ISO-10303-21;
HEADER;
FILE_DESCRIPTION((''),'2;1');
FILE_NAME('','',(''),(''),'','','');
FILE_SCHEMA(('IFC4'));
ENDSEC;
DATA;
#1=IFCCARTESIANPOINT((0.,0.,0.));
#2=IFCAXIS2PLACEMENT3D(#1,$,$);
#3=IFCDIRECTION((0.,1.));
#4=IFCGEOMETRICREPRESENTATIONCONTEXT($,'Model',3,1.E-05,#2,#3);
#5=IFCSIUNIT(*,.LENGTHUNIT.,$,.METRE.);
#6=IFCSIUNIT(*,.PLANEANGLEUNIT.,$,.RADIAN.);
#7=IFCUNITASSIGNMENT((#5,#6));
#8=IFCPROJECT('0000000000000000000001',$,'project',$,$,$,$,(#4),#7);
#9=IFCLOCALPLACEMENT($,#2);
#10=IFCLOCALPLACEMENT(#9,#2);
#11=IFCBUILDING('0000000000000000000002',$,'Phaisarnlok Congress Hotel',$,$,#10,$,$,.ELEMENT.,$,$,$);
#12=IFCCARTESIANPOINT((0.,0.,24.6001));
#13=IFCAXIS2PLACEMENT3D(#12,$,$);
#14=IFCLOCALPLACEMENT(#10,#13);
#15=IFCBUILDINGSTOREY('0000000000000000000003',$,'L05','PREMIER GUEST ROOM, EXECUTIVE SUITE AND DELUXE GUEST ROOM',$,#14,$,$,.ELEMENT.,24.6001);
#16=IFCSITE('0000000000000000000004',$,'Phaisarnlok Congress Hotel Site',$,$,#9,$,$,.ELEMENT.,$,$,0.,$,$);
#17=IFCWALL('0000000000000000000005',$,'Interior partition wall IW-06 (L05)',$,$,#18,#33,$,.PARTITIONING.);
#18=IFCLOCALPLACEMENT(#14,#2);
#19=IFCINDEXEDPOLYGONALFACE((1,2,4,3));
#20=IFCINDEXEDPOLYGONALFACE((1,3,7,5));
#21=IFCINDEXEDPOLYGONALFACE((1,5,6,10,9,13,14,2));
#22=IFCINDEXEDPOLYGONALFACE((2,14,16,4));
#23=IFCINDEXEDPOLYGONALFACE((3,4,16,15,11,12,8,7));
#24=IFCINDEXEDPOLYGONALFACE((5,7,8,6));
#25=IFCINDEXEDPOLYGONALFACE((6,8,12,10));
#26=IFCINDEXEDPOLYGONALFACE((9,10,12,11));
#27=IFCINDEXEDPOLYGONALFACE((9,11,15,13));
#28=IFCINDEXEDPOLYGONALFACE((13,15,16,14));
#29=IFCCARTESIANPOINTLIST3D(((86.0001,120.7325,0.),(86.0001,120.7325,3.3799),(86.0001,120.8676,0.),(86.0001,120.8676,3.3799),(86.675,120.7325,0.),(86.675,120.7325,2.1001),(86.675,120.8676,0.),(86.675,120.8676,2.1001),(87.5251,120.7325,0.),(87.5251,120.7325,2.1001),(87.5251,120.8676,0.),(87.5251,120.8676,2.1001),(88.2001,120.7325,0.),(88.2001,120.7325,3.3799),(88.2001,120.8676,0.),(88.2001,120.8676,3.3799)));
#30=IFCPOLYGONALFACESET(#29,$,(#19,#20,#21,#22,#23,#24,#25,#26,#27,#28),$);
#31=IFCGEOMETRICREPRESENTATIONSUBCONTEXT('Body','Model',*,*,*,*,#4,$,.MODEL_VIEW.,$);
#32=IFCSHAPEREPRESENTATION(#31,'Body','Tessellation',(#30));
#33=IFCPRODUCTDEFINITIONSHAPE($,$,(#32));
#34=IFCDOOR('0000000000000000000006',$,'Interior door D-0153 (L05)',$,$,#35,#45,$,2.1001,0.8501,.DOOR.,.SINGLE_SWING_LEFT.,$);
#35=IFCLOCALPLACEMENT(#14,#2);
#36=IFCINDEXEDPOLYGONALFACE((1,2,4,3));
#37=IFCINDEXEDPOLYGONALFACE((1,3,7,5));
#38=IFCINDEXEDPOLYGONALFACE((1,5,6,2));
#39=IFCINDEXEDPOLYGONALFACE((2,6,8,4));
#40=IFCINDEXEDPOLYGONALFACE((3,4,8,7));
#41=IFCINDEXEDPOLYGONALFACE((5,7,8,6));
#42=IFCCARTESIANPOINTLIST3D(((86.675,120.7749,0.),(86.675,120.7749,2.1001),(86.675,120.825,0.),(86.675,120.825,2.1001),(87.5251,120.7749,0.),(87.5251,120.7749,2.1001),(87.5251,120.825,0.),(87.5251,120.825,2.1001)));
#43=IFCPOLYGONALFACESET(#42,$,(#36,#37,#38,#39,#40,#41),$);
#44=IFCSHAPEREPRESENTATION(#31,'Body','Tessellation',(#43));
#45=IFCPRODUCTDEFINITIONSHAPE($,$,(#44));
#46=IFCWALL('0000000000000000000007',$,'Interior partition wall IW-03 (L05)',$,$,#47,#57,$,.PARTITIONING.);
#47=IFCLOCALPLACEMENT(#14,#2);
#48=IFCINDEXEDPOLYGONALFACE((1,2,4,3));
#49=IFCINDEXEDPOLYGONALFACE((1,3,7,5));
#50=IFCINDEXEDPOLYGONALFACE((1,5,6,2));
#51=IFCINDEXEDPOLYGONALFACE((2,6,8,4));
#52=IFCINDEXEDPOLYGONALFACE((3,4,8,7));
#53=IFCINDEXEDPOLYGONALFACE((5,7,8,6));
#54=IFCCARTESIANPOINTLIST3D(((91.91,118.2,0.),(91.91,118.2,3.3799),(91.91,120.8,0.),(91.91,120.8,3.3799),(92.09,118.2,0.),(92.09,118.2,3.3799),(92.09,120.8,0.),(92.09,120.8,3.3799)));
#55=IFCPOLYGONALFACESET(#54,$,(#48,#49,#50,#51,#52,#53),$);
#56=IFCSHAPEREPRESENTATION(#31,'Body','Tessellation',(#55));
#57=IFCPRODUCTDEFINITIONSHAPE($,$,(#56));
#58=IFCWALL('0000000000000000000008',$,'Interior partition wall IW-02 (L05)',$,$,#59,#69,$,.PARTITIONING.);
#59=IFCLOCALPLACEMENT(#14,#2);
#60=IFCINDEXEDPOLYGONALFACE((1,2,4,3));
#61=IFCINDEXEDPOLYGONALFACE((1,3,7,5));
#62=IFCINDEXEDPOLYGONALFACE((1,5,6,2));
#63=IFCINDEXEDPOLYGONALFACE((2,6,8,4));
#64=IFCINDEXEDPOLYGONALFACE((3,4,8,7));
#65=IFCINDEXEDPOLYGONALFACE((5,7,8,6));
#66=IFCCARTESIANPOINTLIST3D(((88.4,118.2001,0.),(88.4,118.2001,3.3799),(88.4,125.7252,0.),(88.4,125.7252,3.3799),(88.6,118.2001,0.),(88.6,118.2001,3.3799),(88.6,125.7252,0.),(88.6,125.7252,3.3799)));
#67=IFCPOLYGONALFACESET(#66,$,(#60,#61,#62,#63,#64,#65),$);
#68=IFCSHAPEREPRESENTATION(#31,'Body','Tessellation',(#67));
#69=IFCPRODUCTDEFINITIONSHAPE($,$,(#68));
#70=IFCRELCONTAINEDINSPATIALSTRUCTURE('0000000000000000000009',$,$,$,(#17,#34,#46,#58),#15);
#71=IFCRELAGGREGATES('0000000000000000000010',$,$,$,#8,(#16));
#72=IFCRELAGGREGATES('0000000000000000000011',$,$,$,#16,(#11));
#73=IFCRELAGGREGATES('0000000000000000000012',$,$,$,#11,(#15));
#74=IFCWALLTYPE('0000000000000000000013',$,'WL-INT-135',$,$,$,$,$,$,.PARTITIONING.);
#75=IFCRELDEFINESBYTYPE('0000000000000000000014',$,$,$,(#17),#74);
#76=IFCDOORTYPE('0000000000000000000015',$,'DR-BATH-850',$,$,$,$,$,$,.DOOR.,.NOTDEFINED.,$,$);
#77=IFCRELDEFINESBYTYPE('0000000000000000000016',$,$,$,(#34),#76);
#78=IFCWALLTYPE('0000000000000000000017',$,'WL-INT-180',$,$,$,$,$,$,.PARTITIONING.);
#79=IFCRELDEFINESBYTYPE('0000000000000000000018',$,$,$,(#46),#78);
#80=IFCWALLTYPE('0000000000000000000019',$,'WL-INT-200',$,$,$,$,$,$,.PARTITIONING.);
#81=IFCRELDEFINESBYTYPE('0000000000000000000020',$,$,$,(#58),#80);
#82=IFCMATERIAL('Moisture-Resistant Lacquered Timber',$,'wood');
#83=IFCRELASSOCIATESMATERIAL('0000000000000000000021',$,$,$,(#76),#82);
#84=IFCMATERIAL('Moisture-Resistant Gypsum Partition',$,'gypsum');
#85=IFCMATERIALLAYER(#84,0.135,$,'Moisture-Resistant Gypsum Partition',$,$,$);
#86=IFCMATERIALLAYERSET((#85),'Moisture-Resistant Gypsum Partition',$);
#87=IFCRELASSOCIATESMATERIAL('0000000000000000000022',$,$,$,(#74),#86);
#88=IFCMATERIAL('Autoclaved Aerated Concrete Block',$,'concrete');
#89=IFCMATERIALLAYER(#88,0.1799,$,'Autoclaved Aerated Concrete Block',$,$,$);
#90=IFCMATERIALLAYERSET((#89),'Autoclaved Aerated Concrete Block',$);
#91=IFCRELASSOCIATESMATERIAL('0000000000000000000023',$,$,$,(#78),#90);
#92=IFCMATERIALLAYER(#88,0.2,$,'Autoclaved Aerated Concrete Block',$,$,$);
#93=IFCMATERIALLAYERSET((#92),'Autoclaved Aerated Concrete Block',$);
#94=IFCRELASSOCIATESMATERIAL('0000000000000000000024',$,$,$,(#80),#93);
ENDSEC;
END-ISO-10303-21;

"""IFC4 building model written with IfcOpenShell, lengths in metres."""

from ifc_helpers import new_model, si_unit, direction, frame, frame_2d, origin, place, context, subcontext, project, spatial, rectangle, extrude, material, layer, layer_set, type_object, element, fill, save


model = new_model("IFC4")

# Units and contexts
model_context = context("Model", 3, precision=1e-05, world=origin(), true_north=direction((0.0, 1.0)))
body_context = subcontext(model_context, "Body", "Model", "MODEL_VIEW")
ifc_project = project(units=[si_unit("LENGTHUNIT", "METRE"), si_unit("PLANEANGLEUNIT", "RADIAN")], contexts=[model_context])

# Site, building, storey
site_placement = place(None, origin())
site = spatial("IfcSite", under=ifc_project, at=site_placement, Name="Phaisarnlok Congress Hotel Site", CompositionType="ELEMENT", RefElevation=0.0)
building_placement = place(site_placement, origin())
building = spatial("IfcBuilding", under=site, at=building_placement, Name="Phaisarnlok Congress Hotel", CompositionType="ELEMENT")
storey_placement = place(building_placement, frame((0.0, 0.0, 24.6001)))
storey = spatial("IfcBuildingStorey", under=building, at=storey_placement, Name="L05", Description="PREMIER GUEST ROOM, EXECUTIVE SUITE AND DELUXE GUEST ROOM", CompositionType="ELEMENT", Elevation=24.6001)

# Shared definitions
ifc_material_1 = material(Name="Moisture-Resistant Lacquered Timber", Category="wood")
door_type = type_object("IfcDoorType", Name="DR-BATH-850", OperationType="NOTDEFINED", PredefinedType="DOOR", material=ifc_material_1)

# Shared definitions
ifc_material_2 = material(Name="Moisture-Resistant Gypsum Partition", Category="gypsum")
ifc_layer_1 = layer(ifc_material_2, 0.135, Name="Moisture-Resistant Gypsum Partition")
ifc_layer_set_1 = layer_set([ifc_layer_1], Name="Moisture-Resistant Gypsum Partition")
wall_type_1 = type_object("IfcWallType", Name="WL-INT-135", PredefinedType="PARTITIONING", material=ifc_layer_set_1)

# Wall, opening, door
wall_1_placement = place(storey_placement, frame((86.0, 120.8, 0.0), z_axis=(0.0, 0.0, 1.0), x_axis=(1.0, 0.0, 0.0)))
wall_1 = element("IfcWall", 1, at=wall_1_placement, inside=storey, type_object=wall_type_1, Name="Interior partition wall IW-06 (L05)", PredefinedType="PARTITIONING", context=body_context, shape_type="SweptSolid", body=[
    extrude(rectangle(XDim=2.2, YDim=0.135, at=frame_2d((1.1001, 0.0))), origin(), (0.0, 0.0, 1.0), 3.3799),
])
opening_1_placement = place(wall_1_placement, frame((0.675, 0.0, 0.0)))
opening_1 = element("IfcOpeningElement", 2, at=opening_1_placement, cuts=wall_1, PredefinedType="OPENING", context=body_context, shape_type="SweptSolid", body=[
    extrude(rectangle(XDim=0.8501, YDim=2.1001, at=frame_2d((0.425, 1.05))), frame((0.0, 0.0776, 0.0), z_axis=(0.0, -1.0, 0.0), x_axis=(1.0, 0.0, 0.0)), (0.0, 0.0, 1.0), 0.155),
])
door_1_placement = place(opening_1_placement, origin())
door_1 = element("IfcDoor", 3, at=door_1_placement, inside=storey, type_object=door_type, Name="Interior door D-0153 (L05)", OperationType="SINGLE_SWING_LEFT", OverallHeight=2.1001, OverallWidth=0.8501, PredefinedType="DOOR", context=body_context, shape_type="SweptSolid", body=[
    extrude(rectangle(XDim=0.8501, YDim=2.1001, at=frame_2d((0.425, 1.05))), frame((0.0, 0.0249, 0.0), z_axis=(0.0, -1.0, 0.0), x_axis=(1.0, 0.0, 0.0)), (0.0, 0.0, 1.0), 0.05),
])
fill(opening_1, door_1)

# Walls
ifc_material_3 = material(Name="Autoclaved Aerated Concrete Block", Category="concrete")
ifc_layer_2 = layer(ifc_material_3, 0.1799, Name="Autoclaved Aerated Concrete Block")
ifc_layer_set_2 = layer_set([ifc_layer_2], Name="Autoclaved Aerated Concrete Block")
wall_type_2 = type_object("IfcWallType", Name="WL-INT-180", PredefinedType="PARTITIONING", material=ifc_layer_set_2)
wall_2_placement = place(storey_placement, frame((92.0, 118.2, 0.0), z_axis=(0.0, 0.0, 1.0), x_axis=(0.0, 1.0, 0.0)))
element("IfcWall", 4, at=wall_2_placement, inside=storey, type_object=wall_type_2, Name="Interior partition wall IW-03 (L05)", PredefinedType="PARTITIONING", context=body_context, shape_type="SweptSolid", body=[
    extrude(rectangle(XDim=2.6001, YDim=0.1799, at=frame_2d((1.3, 0.0))), origin(), (0.0, 0.0, 1.0), 3.3799),
])
ifc_layer_3 = layer(ifc_material_3, 0.2, Name="Autoclaved Aerated Concrete Block")
ifc_layer_set_3 = layer_set([ifc_layer_3], Name="Autoclaved Aerated Concrete Block")
wall_type_3 = type_object("IfcWallType", Name="WL-INT-200", PredefinedType="PARTITIONING", material=ifc_layer_set_3)
wall_3_placement = place(storey_placement, frame((88.5, 118.2, 0.0), z_axis=(0.0, 0.0, 1.0), x_axis=(0.0, 1.0, 0.0)))
element("IfcWall", 5, at=wall_3_placement, inside=storey, type_object=wall_type_3, Name="Interior partition wall IW-02 (L05)", PredefinedType="PARTITIONING", context=body_context, shape_type="SweptSolid", body=[
    extrude(rectangle(XDim=7.5251, YDim=0.2, at=frame_2d((3.7627, 0.0))), origin(), (0.0, 0.0, 1.0), 3.3799),
])

save(model, "model.ifc")
